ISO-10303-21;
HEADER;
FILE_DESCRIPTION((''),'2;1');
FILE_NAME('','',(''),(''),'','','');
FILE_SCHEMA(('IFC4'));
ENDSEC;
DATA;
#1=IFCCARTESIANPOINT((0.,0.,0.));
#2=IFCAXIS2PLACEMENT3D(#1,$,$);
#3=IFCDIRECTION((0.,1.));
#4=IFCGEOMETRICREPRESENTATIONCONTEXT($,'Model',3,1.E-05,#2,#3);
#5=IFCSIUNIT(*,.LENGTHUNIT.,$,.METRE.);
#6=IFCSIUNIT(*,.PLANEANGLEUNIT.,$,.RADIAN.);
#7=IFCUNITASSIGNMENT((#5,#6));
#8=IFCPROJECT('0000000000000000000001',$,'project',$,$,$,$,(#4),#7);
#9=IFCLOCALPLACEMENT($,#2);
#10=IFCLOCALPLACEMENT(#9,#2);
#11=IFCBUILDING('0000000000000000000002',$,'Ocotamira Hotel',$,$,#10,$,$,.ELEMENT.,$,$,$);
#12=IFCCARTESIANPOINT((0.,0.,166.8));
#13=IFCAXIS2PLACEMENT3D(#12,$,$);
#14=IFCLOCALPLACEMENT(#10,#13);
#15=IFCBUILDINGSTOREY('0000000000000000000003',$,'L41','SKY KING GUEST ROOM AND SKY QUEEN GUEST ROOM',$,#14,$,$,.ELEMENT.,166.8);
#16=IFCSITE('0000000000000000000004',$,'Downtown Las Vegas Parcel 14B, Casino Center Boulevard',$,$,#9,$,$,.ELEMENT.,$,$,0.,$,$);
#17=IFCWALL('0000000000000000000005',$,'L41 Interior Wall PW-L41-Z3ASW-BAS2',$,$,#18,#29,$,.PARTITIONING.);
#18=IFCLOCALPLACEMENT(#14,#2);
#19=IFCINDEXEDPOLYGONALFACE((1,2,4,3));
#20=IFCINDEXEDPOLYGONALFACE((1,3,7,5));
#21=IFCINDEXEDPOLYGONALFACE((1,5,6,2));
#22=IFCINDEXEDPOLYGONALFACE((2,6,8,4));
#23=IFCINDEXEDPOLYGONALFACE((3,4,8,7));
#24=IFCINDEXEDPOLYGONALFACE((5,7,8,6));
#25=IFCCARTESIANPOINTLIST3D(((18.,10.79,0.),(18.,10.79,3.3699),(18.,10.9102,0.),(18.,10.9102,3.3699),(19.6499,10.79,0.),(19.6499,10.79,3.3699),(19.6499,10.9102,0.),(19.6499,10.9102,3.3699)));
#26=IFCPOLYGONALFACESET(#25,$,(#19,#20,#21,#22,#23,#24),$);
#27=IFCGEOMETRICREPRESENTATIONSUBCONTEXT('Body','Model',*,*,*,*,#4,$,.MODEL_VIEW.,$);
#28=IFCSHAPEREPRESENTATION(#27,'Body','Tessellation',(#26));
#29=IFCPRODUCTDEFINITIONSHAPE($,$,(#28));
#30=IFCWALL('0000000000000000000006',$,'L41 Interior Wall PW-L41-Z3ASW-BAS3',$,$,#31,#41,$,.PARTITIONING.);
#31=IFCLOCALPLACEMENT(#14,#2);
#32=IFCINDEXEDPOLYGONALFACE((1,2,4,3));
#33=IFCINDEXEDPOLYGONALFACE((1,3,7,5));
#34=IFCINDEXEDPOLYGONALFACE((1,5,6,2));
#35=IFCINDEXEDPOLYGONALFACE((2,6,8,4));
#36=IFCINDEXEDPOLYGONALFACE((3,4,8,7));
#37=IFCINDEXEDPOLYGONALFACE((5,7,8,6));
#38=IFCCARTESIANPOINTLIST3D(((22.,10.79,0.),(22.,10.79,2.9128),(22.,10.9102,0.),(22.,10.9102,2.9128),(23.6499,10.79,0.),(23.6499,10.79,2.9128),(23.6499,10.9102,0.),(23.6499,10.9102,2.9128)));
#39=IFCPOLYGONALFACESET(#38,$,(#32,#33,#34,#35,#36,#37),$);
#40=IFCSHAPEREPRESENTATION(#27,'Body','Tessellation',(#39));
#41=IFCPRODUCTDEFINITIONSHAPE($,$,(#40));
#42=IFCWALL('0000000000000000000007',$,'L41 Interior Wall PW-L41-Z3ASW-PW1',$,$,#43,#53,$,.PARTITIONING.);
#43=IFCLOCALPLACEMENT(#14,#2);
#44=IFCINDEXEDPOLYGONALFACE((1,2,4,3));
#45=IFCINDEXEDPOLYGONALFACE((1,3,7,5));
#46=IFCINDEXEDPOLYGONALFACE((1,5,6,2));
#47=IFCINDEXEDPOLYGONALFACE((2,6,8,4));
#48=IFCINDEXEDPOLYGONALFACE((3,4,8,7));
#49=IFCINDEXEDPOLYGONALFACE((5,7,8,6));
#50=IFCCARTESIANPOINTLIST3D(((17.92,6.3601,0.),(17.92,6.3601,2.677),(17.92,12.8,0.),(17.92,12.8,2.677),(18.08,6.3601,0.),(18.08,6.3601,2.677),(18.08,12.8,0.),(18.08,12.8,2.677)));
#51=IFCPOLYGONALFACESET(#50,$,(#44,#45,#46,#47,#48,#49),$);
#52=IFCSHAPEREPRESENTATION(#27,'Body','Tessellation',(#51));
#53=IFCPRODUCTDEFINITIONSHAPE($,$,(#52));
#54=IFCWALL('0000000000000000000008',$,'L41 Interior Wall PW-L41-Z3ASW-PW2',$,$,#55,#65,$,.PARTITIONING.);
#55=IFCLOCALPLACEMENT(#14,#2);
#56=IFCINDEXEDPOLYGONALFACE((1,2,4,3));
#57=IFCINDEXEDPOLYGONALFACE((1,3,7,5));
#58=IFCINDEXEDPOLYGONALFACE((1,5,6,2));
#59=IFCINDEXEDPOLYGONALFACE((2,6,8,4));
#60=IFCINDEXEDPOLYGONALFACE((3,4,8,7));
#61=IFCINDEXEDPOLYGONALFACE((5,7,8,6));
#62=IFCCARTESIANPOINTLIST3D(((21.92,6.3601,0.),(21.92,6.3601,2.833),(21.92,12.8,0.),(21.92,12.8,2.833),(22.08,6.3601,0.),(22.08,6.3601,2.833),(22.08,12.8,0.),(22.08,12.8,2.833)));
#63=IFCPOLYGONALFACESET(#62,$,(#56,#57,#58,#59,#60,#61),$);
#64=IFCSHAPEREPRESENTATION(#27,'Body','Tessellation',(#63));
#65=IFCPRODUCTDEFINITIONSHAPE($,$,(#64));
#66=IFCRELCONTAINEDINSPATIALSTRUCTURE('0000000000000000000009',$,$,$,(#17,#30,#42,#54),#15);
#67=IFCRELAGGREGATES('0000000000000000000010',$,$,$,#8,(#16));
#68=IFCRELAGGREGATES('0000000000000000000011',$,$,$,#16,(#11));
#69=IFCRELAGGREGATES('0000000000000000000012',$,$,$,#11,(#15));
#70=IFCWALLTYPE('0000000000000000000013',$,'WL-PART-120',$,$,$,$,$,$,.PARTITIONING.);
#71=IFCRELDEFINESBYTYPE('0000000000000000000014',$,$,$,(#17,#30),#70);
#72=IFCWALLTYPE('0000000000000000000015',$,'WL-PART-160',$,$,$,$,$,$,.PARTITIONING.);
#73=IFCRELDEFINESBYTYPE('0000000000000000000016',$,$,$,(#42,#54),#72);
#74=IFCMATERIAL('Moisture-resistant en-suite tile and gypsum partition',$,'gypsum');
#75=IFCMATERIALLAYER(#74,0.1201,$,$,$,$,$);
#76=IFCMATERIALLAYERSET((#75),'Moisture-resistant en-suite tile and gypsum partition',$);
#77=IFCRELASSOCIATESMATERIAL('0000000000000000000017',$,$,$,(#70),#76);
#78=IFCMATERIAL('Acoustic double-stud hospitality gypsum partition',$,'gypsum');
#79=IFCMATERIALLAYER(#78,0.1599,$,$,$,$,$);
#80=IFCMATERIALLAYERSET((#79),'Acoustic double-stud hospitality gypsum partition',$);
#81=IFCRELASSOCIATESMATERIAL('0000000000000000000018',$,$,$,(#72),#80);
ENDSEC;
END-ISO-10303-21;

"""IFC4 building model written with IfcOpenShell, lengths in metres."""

from ifc_helpers import new_model, si_unit, direction, frame, frame_2d, origin, place, context, subcontext, project, spatial, rectangle, extrude, material, layer, layer_set, type_object, element, save


model = new_model("IFC4")

# Units and contexts
model_context = context("Model", 3, precision=1e-05, world=origin(), true_north=direction((0.0, 1.0)))
body_context = subcontext(model_context, "Body", "Model", "MODEL_VIEW")
ifc_project = project(units=[si_unit("LENGTHUNIT", "METRE"), si_unit("PLANEANGLEUNIT", "RADIAN")], contexts=[model_context])

# Site, building, storey
site_placement = place(None, origin())
site = spatial("IfcSite", under=ifc_project, at=site_placement, Name="Downtown Las Vegas Parcel 14B, Casino Center Boulevard", CompositionType="ELEMENT", RefElevation=0.0)
building_placement = place(site_placement, origin())
building = spatial("IfcBuilding", under=site, at=building_placement, Name="Ocotamira Hotel", CompositionType="ELEMENT")
storey_placement = place(building_placement, frame((0.0, 0.0, 166.8)))
storey = spatial("IfcBuildingStorey", under=building, at=storey_placement, Name="L41", Description="SKY KING GUEST ROOM AND SKY QUEEN GUEST ROOM", CompositionType="ELEMENT", Elevation=166.8)

# Shared definitions
ifc_material_1 = material(Name="Moisture-resistant en-suite tile and gypsum partition", Category="gypsum")
ifc_layer_1 = layer(ifc_material_1, 0.1201)
ifc_layer_set_1 = layer_set([ifc_layer_1], Name="Moisture-resistant en-suite tile and gypsum partition")
wall_type_1 = type_object("IfcWallType", Name="WL-PART-120", PredefinedType="PARTITIONING", material=ifc_layer_set_1)

# Walls
wall_1_placement = place(storey_placement, frame((18.0, 10.8501, 0.0), z_axis=(0.0, 0.0, 1.0), x_axis=(1.0, 0.0, 0.0)))
element("IfcWall", 1, at=wall_1_placement, inside=storey, type_object=wall_type_1, Name="L41 Interior Wall PW-L41-Z3ASW-BAS2", PredefinedType="PARTITIONING", context=body_context, shape_type="SweptSolid", body=[
    extrude(rectangle(XDim=1.6499, YDim=0.1201, at=frame_2d((0.825, 0.0))), origin(), (0.0, 0.0, 1.0), 3.3699),
])
wall_2_placement = place(storey_placement, frame((22.0, 10.8501, 0.0), z_axis=(0.0, 0.0, 1.0), x_axis=(1.0, 0.0, 0.0)))
element("IfcWall", 2, at=wall_2_placement, inside=storey, type_object=wall_type_1, Name="L41 Interior Wall PW-L41-Z3ASW-BAS3", PredefinedType="PARTITIONING", context=body_context, shape_type="SweptSolid", body=[
    extrude(rectangle(XDim=1.6499, YDim=0.1201, at=frame_2d((0.825, 0.0))), origin(), (0.0, 0.0, 1.0), 2.9128),
])
ifc_material_2 = material(Name="Acoustic double-stud hospitality gypsum partition", Category="gypsum")
ifc_layer_2 = layer(ifc_material_2, 0.1599)
ifc_layer_set_2 = layer_set([ifc_layer_2], Name="Acoustic double-stud hospitality gypsum partition")
wall_type_2 = type_object("IfcWallType", Name="WL-PART-160", PredefinedType="PARTITIONING", material=ifc_layer_set_2)
wall_3_placement = place(storey_placement, frame((18.0, 6.3601, 0.0), z_axis=(0.0, 0.0, 1.0), x_axis=(0.0, 1.0, 0.0)))
element("IfcWall", 3, at=wall_3_placement, inside=storey, type_object=wall_type_2, Name="L41 Interior Wall PW-L41-Z3ASW-PW1", PredefinedType="PARTITIONING", context=body_context, shape_type="SweptSolid", body=[
    extrude(rectangle(XDim=6.4399, YDim=0.1599, at=frame_2d((3.22, 0.0))), origin(), (0.0, 0.0, 1.0), 2.677),
])
wall_4_placement = place(storey_placement, frame((22.0, 6.3601, 0.0), z_axis=(0.0, 0.0, 1.0), x_axis=(0.0, 1.0, 0.0)))
element("IfcWall", 4, at=wall_4_placement, inside=storey, type_object=wall_type_2, Name="L41 Interior Wall PW-L41-Z3ASW-PW2", PredefinedType="PARTITIONING", context=body_context, shape_type="SweptSolid", body=[
    extrude(rectangle(XDim=6.4399, YDim=0.1599, at=frame_2d((3.22, 0.0))), origin(), (0.0, 0.0, 1.0), 2.833),
])

save(model, "model.ifc")
